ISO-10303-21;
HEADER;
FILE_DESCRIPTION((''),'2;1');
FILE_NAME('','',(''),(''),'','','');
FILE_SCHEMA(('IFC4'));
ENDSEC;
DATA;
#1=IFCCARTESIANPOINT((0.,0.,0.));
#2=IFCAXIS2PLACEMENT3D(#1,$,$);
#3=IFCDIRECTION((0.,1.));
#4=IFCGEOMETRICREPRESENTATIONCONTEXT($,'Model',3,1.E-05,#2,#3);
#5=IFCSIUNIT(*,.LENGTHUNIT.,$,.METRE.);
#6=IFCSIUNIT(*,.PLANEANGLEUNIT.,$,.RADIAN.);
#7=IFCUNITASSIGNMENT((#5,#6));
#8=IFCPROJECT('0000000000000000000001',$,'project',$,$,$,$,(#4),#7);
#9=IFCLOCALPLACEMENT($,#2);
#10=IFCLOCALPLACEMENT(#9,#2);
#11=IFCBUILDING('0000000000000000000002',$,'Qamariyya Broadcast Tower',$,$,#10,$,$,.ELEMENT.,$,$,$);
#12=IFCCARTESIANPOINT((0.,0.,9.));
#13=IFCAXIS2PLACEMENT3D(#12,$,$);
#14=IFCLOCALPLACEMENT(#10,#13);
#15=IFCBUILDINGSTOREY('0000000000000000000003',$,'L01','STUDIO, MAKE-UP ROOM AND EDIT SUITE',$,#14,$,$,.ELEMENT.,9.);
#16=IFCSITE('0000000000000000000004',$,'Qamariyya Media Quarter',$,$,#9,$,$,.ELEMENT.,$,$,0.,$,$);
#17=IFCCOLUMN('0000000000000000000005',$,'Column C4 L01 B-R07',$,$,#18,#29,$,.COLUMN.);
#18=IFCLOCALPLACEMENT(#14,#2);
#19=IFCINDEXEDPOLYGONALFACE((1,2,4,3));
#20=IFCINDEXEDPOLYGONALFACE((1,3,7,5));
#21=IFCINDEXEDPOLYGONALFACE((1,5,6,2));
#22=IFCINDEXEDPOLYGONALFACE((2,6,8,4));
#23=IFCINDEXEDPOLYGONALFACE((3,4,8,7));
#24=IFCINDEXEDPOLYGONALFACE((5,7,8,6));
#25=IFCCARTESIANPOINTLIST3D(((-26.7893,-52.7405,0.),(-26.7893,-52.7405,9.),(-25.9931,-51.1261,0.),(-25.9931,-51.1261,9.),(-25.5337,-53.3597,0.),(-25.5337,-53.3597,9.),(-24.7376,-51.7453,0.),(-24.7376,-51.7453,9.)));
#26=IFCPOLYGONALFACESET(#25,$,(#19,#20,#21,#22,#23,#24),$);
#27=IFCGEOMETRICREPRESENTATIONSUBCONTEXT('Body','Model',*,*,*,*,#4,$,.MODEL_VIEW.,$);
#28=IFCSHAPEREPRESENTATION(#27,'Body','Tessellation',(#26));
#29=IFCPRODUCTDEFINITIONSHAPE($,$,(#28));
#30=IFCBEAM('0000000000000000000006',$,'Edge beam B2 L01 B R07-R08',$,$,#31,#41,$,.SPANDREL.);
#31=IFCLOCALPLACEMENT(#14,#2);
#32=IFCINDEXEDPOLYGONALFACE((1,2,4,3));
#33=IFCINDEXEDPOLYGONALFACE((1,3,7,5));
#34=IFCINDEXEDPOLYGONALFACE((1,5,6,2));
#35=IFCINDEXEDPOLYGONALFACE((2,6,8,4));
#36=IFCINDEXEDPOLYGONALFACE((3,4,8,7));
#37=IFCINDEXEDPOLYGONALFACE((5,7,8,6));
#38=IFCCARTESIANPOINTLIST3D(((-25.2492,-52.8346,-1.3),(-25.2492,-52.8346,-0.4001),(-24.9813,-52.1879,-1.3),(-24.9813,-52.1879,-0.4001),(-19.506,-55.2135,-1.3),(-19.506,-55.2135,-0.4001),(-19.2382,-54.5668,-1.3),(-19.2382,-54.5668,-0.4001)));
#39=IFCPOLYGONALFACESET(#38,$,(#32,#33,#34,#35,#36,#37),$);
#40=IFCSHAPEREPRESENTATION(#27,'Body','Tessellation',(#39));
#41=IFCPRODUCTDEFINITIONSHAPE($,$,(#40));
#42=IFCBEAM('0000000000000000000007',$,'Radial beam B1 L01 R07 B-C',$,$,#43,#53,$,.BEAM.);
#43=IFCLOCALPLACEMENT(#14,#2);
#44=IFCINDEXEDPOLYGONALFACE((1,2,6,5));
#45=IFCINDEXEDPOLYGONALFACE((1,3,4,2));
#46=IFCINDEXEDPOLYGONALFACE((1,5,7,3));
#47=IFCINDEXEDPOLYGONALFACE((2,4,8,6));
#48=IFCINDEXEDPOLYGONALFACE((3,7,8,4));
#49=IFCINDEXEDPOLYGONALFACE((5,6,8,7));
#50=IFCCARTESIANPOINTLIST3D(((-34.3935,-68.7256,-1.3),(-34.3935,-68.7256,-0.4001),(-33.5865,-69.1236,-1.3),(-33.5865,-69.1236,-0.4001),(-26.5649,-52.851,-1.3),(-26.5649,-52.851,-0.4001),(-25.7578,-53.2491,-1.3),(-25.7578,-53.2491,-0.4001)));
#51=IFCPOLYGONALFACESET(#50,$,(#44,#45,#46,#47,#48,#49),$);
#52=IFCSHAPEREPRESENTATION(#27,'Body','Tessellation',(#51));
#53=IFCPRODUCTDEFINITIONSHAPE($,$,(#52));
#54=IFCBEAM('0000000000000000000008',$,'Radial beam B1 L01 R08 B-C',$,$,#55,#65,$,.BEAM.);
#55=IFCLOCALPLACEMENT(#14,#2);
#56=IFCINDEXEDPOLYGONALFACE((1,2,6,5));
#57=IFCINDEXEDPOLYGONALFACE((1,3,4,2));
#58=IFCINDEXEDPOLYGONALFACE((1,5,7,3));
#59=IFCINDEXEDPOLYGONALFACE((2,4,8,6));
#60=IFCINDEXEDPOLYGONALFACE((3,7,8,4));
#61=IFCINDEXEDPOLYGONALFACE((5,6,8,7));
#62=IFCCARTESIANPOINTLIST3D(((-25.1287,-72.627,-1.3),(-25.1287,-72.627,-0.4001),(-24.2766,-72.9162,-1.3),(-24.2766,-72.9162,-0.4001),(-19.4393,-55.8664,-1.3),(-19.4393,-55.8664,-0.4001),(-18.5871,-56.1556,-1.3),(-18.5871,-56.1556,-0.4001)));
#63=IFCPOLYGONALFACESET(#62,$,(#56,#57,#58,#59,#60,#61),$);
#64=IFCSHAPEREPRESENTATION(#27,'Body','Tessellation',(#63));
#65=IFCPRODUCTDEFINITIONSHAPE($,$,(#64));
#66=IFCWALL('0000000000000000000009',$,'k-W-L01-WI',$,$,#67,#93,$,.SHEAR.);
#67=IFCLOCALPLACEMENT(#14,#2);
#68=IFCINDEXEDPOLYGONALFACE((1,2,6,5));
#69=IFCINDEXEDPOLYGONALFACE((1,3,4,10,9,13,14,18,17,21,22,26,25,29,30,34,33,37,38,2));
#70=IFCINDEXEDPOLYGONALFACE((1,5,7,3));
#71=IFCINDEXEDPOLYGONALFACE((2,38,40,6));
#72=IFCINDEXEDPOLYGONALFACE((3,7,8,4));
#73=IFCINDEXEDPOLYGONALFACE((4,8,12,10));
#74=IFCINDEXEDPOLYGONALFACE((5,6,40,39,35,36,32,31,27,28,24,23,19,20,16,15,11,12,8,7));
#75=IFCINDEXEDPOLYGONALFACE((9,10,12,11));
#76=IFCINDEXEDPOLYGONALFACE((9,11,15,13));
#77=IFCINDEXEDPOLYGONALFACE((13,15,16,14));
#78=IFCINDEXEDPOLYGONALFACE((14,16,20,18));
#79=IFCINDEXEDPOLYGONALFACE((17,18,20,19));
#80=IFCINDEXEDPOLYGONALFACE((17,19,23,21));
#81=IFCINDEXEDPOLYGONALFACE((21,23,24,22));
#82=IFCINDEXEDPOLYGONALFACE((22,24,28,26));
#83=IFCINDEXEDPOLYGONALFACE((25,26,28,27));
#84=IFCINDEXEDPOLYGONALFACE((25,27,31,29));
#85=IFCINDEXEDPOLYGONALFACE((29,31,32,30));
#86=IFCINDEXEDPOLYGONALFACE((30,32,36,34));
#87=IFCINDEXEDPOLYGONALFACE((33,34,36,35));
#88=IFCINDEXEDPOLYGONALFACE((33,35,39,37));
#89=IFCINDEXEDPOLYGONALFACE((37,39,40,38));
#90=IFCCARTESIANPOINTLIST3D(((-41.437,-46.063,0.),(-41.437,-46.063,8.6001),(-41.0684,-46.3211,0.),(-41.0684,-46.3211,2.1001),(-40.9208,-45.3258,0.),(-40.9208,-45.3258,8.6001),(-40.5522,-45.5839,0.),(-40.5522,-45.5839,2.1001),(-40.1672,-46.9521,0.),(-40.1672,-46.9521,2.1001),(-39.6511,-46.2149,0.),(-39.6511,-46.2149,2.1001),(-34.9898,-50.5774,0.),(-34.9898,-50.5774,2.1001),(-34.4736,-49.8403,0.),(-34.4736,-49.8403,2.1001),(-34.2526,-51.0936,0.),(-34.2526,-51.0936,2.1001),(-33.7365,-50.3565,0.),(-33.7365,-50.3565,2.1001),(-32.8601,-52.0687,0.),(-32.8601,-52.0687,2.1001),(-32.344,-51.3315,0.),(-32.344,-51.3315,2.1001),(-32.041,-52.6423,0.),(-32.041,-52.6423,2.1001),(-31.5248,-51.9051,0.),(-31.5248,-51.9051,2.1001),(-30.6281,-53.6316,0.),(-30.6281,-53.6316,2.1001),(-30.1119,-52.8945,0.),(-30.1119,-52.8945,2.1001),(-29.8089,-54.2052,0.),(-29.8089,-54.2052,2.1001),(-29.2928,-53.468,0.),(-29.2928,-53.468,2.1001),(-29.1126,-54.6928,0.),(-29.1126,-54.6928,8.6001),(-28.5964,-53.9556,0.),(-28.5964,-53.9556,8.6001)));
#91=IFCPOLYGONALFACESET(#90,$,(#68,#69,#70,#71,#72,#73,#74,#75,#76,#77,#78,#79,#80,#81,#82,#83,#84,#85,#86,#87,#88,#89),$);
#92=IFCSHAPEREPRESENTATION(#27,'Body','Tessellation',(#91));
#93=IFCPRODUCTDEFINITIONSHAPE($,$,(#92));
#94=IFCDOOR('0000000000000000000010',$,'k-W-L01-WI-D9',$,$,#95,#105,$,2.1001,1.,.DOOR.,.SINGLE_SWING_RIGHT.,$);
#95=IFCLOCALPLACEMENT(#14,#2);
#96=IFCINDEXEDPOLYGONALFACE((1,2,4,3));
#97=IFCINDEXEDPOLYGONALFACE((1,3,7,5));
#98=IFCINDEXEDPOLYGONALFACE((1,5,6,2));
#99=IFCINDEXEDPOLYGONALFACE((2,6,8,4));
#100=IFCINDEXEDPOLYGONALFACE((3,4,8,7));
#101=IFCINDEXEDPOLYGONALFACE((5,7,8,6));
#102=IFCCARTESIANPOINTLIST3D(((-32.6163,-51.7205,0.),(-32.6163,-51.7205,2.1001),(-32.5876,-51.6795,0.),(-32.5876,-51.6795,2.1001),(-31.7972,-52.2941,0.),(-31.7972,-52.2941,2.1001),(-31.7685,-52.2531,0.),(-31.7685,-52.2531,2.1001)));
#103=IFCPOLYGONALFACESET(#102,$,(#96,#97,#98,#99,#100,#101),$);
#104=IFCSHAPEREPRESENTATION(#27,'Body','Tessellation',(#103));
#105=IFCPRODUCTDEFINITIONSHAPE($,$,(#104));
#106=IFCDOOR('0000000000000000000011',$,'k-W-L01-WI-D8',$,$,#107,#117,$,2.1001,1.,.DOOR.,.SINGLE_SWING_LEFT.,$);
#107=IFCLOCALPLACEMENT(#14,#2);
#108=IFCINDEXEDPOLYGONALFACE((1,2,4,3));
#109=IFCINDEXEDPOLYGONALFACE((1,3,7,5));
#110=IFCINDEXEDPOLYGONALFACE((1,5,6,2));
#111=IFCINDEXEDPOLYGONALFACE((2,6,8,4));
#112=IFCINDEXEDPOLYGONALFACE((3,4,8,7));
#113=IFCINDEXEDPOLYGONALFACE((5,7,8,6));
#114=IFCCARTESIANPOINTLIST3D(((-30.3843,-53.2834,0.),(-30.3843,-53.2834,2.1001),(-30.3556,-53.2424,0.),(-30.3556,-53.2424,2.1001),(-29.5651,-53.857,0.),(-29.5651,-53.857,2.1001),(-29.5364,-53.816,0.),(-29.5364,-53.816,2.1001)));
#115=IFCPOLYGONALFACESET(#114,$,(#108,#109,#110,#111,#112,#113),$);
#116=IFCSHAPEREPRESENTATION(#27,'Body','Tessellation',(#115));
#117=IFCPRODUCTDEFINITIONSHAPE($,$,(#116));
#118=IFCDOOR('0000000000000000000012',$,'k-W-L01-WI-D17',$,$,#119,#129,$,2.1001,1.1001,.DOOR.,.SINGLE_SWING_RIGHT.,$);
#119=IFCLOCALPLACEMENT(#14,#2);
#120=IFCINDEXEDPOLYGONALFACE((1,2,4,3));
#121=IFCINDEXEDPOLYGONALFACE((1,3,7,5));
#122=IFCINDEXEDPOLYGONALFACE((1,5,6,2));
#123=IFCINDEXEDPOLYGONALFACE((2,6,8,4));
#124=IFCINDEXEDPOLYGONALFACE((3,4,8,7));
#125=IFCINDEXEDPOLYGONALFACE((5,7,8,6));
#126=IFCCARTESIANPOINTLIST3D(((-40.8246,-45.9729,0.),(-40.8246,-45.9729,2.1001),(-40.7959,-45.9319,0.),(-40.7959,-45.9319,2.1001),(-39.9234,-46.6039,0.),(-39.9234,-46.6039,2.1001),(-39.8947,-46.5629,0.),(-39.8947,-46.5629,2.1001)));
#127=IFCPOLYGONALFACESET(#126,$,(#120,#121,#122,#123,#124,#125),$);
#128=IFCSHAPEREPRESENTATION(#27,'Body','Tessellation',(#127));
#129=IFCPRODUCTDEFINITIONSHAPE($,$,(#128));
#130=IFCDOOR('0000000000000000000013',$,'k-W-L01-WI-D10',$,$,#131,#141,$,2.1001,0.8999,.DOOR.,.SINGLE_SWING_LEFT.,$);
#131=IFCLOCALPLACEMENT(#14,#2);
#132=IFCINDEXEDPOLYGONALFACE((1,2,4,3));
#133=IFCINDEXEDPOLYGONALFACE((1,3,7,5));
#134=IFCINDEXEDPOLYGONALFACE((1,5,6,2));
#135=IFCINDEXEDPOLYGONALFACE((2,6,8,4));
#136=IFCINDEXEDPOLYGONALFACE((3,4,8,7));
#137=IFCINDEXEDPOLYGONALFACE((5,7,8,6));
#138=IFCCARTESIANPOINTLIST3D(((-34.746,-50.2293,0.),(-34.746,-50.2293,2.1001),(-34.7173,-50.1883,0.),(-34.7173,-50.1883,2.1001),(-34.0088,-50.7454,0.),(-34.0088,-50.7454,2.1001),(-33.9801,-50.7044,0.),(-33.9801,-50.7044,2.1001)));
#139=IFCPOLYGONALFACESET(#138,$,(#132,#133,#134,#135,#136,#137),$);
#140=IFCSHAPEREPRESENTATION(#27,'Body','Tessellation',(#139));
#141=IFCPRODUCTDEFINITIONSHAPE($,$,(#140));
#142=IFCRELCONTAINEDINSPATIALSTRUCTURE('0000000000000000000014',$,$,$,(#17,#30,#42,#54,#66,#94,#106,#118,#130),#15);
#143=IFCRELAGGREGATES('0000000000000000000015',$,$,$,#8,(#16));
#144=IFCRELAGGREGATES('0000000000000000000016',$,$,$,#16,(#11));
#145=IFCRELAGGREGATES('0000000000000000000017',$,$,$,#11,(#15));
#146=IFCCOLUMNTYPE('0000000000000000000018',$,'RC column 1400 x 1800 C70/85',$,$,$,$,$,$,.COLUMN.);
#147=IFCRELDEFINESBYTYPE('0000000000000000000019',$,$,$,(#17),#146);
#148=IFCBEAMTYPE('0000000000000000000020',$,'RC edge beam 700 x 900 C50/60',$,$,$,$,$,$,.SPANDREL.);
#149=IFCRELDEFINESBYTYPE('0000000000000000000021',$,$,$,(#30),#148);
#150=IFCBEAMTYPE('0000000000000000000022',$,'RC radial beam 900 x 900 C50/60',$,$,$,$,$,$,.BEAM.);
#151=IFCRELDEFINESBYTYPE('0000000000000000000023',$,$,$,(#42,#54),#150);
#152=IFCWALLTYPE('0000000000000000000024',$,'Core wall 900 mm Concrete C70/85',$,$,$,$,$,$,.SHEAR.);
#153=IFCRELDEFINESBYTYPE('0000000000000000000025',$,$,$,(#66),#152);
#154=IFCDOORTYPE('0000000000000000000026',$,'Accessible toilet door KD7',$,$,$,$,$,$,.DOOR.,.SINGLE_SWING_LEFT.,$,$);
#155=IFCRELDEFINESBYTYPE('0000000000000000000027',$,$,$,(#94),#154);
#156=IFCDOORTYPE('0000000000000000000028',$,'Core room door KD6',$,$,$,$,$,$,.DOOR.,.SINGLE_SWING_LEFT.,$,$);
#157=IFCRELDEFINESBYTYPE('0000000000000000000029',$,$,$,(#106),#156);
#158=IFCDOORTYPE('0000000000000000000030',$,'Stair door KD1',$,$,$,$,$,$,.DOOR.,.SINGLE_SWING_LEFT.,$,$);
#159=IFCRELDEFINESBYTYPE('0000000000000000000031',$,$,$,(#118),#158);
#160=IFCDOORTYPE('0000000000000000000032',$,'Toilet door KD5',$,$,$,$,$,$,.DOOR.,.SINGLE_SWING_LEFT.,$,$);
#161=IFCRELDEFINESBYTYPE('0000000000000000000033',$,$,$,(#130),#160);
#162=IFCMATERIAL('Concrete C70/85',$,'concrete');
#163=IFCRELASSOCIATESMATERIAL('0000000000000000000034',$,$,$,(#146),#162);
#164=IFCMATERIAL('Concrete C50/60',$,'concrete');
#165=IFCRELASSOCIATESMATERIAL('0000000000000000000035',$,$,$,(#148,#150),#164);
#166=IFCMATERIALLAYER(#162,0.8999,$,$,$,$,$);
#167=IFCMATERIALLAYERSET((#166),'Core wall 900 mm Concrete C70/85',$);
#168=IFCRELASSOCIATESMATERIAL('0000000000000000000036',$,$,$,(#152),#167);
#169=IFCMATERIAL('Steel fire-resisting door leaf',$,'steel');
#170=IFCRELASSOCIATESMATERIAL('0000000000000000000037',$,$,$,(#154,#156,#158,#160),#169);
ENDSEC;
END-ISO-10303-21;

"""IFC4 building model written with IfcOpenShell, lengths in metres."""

from ifc_helpers import new_model, si_unit, direction, frame, frame_2d, origin, origin_2d, place, context, subcontext, project, spatial, rectangle, extrude, material, layer, layer_set, material_profile, profile_set, type_object, element, fill, save


model = new_model("IFC4")

# Units and contexts
model_context = context("Model", 3, precision=1e-05, world=origin(), true_north=direction((0.0, 1.0)))
body_context = subcontext(model_context, "Body", "Model", "MODEL_VIEW")
ifc_project = project(units=[si_unit("LENGTHUNIT", "METRE"), si_unit("PLANEANGLEUNIT", "RADIAN")], contexts=[model_context])

# Site, building, storey
site_placement = place(None, origin())
site = spatial("IfcSite", under=ifc_project, at=site_placement, Name="Qamariyya Media Quarter", CompositionType="ELEMENT", RefElevation=0.0)
building_placement = place(site_placement, origin())
building = spatial("IfcBuilding", under=site, at=building_placement, Name="Qamariyya Broadcast Tower", CompositionType="ELEMENT")
storey_placement = place(building_placement, frame((0.0, 0.0, 9.0)))
storey = spatial("IfcBuildingStorey", under=building, at=storey_placement, Name="L01", Description="STUDIO, MAKE-UP ROOM AND EDIT SUITE", CompositionType="ELEMENT", Elevation=9.0)

# Column
ifc_material_1 = material(Name="Concrete C70/85", Category="concrete")
ifc_material_profile_1 = material_profile(ifc_material_1, rectangle(XDim=1.3999, YDim=1.8, at=origin_2d()))
ifc_profile_set_1 = profile_set([ifc_material_profile_1], Name="Concrete C70/85")
column_type = type_object("IfcColumnType", Name="RC column 1400 x 1800 C70/85", PredefinedType="COLUMN", material=ifc_profile_set_1)
column_placement = place(storey_placement, frame((-25.7634, -52.2429, 0.0), z_axis=(0.0, 0.0, 1.0), x_axis=(0.896873, -0.442289, 0.0)))
element("IfcColumn", 1, at=column_placement, inside=storey, type_object=column_type, Name="Column C4 L01 B-R07", PredefinedType="COLUMN", context=body_context, shape_type="SweptSolid", body=[
    extrude(rectangle(XDim=1.3999, YDim=1.8, at=origin_2d()), origin(), (0.0, 0.0, 1.0), 9.0),
])

# Beams
ifc_material_2 = material(Name="Concrete C50/60", Category="concrete")
ifc_material_profile_2 = material_profile(ifc_material_2, rectangle(XDim=0.7, YDim=0.8999, at=origin_2d()))
ifc_profile_set_2 = profile_set([ifc_material_profile_2], Name="Concrete C50/60")
beam_type_1 = type_object("IfcBeamType", Name="RC edge beam 700 x 900 C50/60", PredefinedType="SPANDREL", material=ifc_profile_set_2)
beam_placement = place(storey_placement, frame((-25.1152, -52.5112, -0.8501), z_axis=(0.923879, -0.382685, 0.0), x_axis=(0.382685, 0.923879, 0.0)))
element("IfcBeam", 2, at=beam_placement, inside=storey, type_object=beam_type_1, Name="Edge beam B2 L01 B R07-R08", PredefinedType="SPANDREL", context=body_context, shape_type="SweptSolid", body=[
    extrude(rectangle(XDim=0.7, YDim=0.8999, at=origin_2d()), origin(), (0.0, 0.0, 1.0), 6.2163),
])
ifc_material_profile_3 = material_profile(ifc_material_2, rectangle(XDim=0.8999, YDim=0.8999, at=origin_2d()))
ifc_profile_set_3 = profile_set([ifc_material_profile_3], Name="Concrete C50/60")
beam_type_2 = type_object("IfcBeamType", Name="RC radial beam 900 x 900 C50/60", PredefinedType="BEAM", material=ifc_profile_set_3)
for number, where, z_axis, x_axis, name in (
    (3, (-26.1614, -53.05, -0.8501), (-0.442296, -0.896869, 0.0), (0.896869, -0.442296, 0.0), "Radial beam B1 L01 R07 B-C"),
    (4, (-19.0132, -56.011, -0.8501), (-0.321441, -0.94693, 0.0), (0.94693, -0.321441, 0.0), "Radial beam B1 L01 R08 B-C"),
):
    element("IfcBeam", number, at=place(storey_placement, frame(where, z_axis=z_axis, x_axis=x_axis)), inside=storey, type_object=beam_type_2, Name=name, PredefinedType="BEAM", context=body_context, shape_type="SweptSolid", body=[
        extrude(rectangle(XDim=0.8999, YDim=0.8999, at=origin_2d()), origin(), (0.0, 0.0, 1.0), 17.7),
    ])

# Wall, openings, doors
ifc_layer_1 = layer(ifc_material_1, 0.8999)
ifc_layer_set_1 = layer_set([ifc_layer_1], Name="Core wall 900 mm Concrete C70/85")
wall_type_1 = type_object("IfcWallType", Name="Core wall 900 mm Concrete C70/85", PredefinedType="SHEAR", material=ifc_layer_set_1)
wall_1_placement = place(storey_placement, frame((-28.8545, -54.3242, 0.0), z_axis=(0.0, 0.0, 1.0), x_axis=(-0.819146, 0.573585, 0.0)))
wall_1 = element("IfcWall", 5, at=wall_1_placement, inside=storey, type_object=wall_type_1, Name="k-W-L01-WI", PredefinedType="SHEAR", context=body_context, shape_type="SweptSolid", body=[
    extrude(rectangle(XDim=15.0454, YDim=0.8999, at=frame_2d((7.5227, 0.0))), origin(), (0.0, 0.0, 1.0), 8.6001),
])
opening_1_placement = place(wall_1_placement, frame((0.8501, 0.0, 0.0)))
opening_1 = element("IfcOpeningElement", 6, at=opening_1_placement, cuts=wall_1, PredefinedType="OPENING", context=body_context, shape_type="SweptSolid", body=[
    extrude(rectangle(XDim=1.0, YDim=2.1001, at=frame_2d((0.5, 1.05))), frame((0.0, 0.46, 0.0), z_axis=(0.0, -1.0, 0.0), x_axis=(1.0, 0.0, 0.0)), (0.0, 0.0, 1.0), 0.9199),
])
opening_2_placement = place(wall_1_placement, frame((3.575, 0.0, 0.0)))
opening_2 = element("IfcOpeningElement", 7, at=opening_2_placement, cuts=wall_1, PredefinedType="OPENING", context=body_context, shape_type="SweptSolid", body=[
    extrude(rectangle(XDim=1.0, YDim=2.1001, at=frame_2d((0.5, 1.05))), frame((0.0, 0.46, 0.0), z_axis=(0.0, -1.0, 0.0), x_axis=(1.0, 0.0, 0.0)), (0.0, 0.0, 1.0), 0.9199),
])
opening_3_placement = place(wall_1_placement, frame((6.2749, 0.0, 0.0)))
opening_3 = element("IfcOpeningElement", 8, at=opening_3_placement, cuts=wall_1, PredefinedType="OPENING", context=body_context, shape_type="SweptSolid", body=[
    extrude(rectangle(XDim=0.8999, YDim=2.1001, at=frame_2d((0.45, 1.05))), frame((0.0, 0.46, 0.0), z_axis=(0.0, -1.0, 0.0), x_axis=(1.0, 0.0, 0.0)), (0.0, 0.0, 1.0), 0.9199),
])
opening_4_placement = place(wall_1_placement, frame((13.4954, 0.0, 0.0)))
opening_4 = element("IfcOpeningElement", 9, at=opening_4_placement, cuts=wall_1, PredefinedType="OPENING", context=body_context, shape_type="SweptSolid", body=[
    extrude(rectangle(XDim=1.1001, YDim=2.1001, at=frame_2d((0.55, 1.05))), frame((0.0, 0.46, 0.0), z_axis=(0.0, -1.0, 0.0), x_axis=(1.0, 0.0, 0.0)), (0.0, 0.0, 1.0), 0.9199),
])
ifc_material_3 = material(Name="Steel fire-resisting door leaf", Category="steel")
door_type_1 = type_object("IfcDoorType", Name="Accessible toilet door KD7", OperationType="SINGLE_SWING_LEFT", PredefinedType="DOOR", material=ifc_material_3)
door_1_placement = place(opening_2_placement, origin())
door_1 = element("IfcDoor", 10, at=door_1_placement, inside=storey, type_object=door_type_1, Name="k-W-L01-WI-D9", OperationType="SINGLE_SWING_RIGHT", OverallHeight=2.1001, OverallWidth=1.0, PredefinedType="DOOR", context=body_context, shape_type="SweptSolid", body=[
    extrude(rectangle(XDim=1.0, YDim=2.1001, at=frame_2d((0.5, 1.05))), frame((0.0, 0.0249, 0.0), z_axis=(0.0, -1.0, 0.0), x_axis=(1.0, 0.0, 0.0)), (0.0, 0.0, 1.0), 0.05),
])
fill(opening_2, door_1)
door_type_2 = type_object("IfcDoorType", Name="Core room door KD6", OperationType="SINGLE_SWING_LEFT", PredefinedType="DOOR", material=ifc_material_3)
door_2_placement = place(opening_1_placement, origin())
door_2 = element("IfcDoor", 11, at=door_2_placement, inside=storey, type_object=door_type_2, Name="k-W-L01-WI-D8", OperationType="SINGLE_SWING_LEFT", OverallHeight=2.1001, OverallWidth=1.0, PredefinedType="DOOR", context=body_context, shape_type="SweptSolid", body=[
    extrude(rectangle(XDim=1.0, YDim=2.1001, at=frame_2d((0.5, 1.05))), frame((0.0, 0.0249, 0.0), z_axis=(0.0, -1.0, 0.0), x_axis=(1.0, 0.0, 0.0)), (0.0, 0.0, 1.0), 0.05),
])
fill(opening_1, door_2)
door_type_3 = type_object("IfcDoorType", Name="Stair door KD1", OperationType="SINGLE_SWING_LEFT", PredefinedType="DOOR", material=ifc_material_3)
door_3_placement = place(opening_4_placement, origin())
door_3 = element("IfcDoor", 12, at=door_3_placement, inside=storey, type_object=door_type_3, Name="k-W-L01-WI-D17", OperationType="SINGLE_SWING_RIGHT", OverallHeight=2.1001, OverallWidth=1.1001, PredefinedType="DOOR", context=body_context, shape_type="SweptSolid", body=[
    extrude(rectangle(XDim=1.1001, YDim=2.1001, at=frame_2d((0.55, 1.05))), frame((0.0, 0.0249, 0.0), z_axis=(0.0, -1.0, 0.0), x_axis=(1.0, 0.0, 0.0)), (0.0, 0.0, 1.0), 0.05),
])
fill(opening_4, door_3)
door_type_4 = type_object("IfcDoorType", Name="Toilet door KD5", OperationType="SINGLE_SWING_LEFT", PredefinedType="DOOR", material=ifc_material_3)
door_4_placement = place(opening_3_placement, origin())
door_4 = element("IfcDoor", 13, at=door_4_placement, inside=storey, type_object=door_type_4, Name="k-W-L01-WI-D10", OperationType="SINGLE_SWING_LEFT", OverallHeight=2.1001, OverallWidth=0.8999, PredefinedType="DOOR", context=body_context, shape_type="SweptSolid", body=[
    extrude(rectangle(XDim=0.8999, YDim=2.1001, at=frame_2d((0.45, 1.05))), frame((0.0, 0.0249, 0.0), z_axis=(0.0, -1.0, 0.0), x_axis=(1.0, 0.0, 0.0)), (0.0, 0.0, 1.0), 0.05),
])
fill(opening_3, door_4)

save(model, "model.ifc")
